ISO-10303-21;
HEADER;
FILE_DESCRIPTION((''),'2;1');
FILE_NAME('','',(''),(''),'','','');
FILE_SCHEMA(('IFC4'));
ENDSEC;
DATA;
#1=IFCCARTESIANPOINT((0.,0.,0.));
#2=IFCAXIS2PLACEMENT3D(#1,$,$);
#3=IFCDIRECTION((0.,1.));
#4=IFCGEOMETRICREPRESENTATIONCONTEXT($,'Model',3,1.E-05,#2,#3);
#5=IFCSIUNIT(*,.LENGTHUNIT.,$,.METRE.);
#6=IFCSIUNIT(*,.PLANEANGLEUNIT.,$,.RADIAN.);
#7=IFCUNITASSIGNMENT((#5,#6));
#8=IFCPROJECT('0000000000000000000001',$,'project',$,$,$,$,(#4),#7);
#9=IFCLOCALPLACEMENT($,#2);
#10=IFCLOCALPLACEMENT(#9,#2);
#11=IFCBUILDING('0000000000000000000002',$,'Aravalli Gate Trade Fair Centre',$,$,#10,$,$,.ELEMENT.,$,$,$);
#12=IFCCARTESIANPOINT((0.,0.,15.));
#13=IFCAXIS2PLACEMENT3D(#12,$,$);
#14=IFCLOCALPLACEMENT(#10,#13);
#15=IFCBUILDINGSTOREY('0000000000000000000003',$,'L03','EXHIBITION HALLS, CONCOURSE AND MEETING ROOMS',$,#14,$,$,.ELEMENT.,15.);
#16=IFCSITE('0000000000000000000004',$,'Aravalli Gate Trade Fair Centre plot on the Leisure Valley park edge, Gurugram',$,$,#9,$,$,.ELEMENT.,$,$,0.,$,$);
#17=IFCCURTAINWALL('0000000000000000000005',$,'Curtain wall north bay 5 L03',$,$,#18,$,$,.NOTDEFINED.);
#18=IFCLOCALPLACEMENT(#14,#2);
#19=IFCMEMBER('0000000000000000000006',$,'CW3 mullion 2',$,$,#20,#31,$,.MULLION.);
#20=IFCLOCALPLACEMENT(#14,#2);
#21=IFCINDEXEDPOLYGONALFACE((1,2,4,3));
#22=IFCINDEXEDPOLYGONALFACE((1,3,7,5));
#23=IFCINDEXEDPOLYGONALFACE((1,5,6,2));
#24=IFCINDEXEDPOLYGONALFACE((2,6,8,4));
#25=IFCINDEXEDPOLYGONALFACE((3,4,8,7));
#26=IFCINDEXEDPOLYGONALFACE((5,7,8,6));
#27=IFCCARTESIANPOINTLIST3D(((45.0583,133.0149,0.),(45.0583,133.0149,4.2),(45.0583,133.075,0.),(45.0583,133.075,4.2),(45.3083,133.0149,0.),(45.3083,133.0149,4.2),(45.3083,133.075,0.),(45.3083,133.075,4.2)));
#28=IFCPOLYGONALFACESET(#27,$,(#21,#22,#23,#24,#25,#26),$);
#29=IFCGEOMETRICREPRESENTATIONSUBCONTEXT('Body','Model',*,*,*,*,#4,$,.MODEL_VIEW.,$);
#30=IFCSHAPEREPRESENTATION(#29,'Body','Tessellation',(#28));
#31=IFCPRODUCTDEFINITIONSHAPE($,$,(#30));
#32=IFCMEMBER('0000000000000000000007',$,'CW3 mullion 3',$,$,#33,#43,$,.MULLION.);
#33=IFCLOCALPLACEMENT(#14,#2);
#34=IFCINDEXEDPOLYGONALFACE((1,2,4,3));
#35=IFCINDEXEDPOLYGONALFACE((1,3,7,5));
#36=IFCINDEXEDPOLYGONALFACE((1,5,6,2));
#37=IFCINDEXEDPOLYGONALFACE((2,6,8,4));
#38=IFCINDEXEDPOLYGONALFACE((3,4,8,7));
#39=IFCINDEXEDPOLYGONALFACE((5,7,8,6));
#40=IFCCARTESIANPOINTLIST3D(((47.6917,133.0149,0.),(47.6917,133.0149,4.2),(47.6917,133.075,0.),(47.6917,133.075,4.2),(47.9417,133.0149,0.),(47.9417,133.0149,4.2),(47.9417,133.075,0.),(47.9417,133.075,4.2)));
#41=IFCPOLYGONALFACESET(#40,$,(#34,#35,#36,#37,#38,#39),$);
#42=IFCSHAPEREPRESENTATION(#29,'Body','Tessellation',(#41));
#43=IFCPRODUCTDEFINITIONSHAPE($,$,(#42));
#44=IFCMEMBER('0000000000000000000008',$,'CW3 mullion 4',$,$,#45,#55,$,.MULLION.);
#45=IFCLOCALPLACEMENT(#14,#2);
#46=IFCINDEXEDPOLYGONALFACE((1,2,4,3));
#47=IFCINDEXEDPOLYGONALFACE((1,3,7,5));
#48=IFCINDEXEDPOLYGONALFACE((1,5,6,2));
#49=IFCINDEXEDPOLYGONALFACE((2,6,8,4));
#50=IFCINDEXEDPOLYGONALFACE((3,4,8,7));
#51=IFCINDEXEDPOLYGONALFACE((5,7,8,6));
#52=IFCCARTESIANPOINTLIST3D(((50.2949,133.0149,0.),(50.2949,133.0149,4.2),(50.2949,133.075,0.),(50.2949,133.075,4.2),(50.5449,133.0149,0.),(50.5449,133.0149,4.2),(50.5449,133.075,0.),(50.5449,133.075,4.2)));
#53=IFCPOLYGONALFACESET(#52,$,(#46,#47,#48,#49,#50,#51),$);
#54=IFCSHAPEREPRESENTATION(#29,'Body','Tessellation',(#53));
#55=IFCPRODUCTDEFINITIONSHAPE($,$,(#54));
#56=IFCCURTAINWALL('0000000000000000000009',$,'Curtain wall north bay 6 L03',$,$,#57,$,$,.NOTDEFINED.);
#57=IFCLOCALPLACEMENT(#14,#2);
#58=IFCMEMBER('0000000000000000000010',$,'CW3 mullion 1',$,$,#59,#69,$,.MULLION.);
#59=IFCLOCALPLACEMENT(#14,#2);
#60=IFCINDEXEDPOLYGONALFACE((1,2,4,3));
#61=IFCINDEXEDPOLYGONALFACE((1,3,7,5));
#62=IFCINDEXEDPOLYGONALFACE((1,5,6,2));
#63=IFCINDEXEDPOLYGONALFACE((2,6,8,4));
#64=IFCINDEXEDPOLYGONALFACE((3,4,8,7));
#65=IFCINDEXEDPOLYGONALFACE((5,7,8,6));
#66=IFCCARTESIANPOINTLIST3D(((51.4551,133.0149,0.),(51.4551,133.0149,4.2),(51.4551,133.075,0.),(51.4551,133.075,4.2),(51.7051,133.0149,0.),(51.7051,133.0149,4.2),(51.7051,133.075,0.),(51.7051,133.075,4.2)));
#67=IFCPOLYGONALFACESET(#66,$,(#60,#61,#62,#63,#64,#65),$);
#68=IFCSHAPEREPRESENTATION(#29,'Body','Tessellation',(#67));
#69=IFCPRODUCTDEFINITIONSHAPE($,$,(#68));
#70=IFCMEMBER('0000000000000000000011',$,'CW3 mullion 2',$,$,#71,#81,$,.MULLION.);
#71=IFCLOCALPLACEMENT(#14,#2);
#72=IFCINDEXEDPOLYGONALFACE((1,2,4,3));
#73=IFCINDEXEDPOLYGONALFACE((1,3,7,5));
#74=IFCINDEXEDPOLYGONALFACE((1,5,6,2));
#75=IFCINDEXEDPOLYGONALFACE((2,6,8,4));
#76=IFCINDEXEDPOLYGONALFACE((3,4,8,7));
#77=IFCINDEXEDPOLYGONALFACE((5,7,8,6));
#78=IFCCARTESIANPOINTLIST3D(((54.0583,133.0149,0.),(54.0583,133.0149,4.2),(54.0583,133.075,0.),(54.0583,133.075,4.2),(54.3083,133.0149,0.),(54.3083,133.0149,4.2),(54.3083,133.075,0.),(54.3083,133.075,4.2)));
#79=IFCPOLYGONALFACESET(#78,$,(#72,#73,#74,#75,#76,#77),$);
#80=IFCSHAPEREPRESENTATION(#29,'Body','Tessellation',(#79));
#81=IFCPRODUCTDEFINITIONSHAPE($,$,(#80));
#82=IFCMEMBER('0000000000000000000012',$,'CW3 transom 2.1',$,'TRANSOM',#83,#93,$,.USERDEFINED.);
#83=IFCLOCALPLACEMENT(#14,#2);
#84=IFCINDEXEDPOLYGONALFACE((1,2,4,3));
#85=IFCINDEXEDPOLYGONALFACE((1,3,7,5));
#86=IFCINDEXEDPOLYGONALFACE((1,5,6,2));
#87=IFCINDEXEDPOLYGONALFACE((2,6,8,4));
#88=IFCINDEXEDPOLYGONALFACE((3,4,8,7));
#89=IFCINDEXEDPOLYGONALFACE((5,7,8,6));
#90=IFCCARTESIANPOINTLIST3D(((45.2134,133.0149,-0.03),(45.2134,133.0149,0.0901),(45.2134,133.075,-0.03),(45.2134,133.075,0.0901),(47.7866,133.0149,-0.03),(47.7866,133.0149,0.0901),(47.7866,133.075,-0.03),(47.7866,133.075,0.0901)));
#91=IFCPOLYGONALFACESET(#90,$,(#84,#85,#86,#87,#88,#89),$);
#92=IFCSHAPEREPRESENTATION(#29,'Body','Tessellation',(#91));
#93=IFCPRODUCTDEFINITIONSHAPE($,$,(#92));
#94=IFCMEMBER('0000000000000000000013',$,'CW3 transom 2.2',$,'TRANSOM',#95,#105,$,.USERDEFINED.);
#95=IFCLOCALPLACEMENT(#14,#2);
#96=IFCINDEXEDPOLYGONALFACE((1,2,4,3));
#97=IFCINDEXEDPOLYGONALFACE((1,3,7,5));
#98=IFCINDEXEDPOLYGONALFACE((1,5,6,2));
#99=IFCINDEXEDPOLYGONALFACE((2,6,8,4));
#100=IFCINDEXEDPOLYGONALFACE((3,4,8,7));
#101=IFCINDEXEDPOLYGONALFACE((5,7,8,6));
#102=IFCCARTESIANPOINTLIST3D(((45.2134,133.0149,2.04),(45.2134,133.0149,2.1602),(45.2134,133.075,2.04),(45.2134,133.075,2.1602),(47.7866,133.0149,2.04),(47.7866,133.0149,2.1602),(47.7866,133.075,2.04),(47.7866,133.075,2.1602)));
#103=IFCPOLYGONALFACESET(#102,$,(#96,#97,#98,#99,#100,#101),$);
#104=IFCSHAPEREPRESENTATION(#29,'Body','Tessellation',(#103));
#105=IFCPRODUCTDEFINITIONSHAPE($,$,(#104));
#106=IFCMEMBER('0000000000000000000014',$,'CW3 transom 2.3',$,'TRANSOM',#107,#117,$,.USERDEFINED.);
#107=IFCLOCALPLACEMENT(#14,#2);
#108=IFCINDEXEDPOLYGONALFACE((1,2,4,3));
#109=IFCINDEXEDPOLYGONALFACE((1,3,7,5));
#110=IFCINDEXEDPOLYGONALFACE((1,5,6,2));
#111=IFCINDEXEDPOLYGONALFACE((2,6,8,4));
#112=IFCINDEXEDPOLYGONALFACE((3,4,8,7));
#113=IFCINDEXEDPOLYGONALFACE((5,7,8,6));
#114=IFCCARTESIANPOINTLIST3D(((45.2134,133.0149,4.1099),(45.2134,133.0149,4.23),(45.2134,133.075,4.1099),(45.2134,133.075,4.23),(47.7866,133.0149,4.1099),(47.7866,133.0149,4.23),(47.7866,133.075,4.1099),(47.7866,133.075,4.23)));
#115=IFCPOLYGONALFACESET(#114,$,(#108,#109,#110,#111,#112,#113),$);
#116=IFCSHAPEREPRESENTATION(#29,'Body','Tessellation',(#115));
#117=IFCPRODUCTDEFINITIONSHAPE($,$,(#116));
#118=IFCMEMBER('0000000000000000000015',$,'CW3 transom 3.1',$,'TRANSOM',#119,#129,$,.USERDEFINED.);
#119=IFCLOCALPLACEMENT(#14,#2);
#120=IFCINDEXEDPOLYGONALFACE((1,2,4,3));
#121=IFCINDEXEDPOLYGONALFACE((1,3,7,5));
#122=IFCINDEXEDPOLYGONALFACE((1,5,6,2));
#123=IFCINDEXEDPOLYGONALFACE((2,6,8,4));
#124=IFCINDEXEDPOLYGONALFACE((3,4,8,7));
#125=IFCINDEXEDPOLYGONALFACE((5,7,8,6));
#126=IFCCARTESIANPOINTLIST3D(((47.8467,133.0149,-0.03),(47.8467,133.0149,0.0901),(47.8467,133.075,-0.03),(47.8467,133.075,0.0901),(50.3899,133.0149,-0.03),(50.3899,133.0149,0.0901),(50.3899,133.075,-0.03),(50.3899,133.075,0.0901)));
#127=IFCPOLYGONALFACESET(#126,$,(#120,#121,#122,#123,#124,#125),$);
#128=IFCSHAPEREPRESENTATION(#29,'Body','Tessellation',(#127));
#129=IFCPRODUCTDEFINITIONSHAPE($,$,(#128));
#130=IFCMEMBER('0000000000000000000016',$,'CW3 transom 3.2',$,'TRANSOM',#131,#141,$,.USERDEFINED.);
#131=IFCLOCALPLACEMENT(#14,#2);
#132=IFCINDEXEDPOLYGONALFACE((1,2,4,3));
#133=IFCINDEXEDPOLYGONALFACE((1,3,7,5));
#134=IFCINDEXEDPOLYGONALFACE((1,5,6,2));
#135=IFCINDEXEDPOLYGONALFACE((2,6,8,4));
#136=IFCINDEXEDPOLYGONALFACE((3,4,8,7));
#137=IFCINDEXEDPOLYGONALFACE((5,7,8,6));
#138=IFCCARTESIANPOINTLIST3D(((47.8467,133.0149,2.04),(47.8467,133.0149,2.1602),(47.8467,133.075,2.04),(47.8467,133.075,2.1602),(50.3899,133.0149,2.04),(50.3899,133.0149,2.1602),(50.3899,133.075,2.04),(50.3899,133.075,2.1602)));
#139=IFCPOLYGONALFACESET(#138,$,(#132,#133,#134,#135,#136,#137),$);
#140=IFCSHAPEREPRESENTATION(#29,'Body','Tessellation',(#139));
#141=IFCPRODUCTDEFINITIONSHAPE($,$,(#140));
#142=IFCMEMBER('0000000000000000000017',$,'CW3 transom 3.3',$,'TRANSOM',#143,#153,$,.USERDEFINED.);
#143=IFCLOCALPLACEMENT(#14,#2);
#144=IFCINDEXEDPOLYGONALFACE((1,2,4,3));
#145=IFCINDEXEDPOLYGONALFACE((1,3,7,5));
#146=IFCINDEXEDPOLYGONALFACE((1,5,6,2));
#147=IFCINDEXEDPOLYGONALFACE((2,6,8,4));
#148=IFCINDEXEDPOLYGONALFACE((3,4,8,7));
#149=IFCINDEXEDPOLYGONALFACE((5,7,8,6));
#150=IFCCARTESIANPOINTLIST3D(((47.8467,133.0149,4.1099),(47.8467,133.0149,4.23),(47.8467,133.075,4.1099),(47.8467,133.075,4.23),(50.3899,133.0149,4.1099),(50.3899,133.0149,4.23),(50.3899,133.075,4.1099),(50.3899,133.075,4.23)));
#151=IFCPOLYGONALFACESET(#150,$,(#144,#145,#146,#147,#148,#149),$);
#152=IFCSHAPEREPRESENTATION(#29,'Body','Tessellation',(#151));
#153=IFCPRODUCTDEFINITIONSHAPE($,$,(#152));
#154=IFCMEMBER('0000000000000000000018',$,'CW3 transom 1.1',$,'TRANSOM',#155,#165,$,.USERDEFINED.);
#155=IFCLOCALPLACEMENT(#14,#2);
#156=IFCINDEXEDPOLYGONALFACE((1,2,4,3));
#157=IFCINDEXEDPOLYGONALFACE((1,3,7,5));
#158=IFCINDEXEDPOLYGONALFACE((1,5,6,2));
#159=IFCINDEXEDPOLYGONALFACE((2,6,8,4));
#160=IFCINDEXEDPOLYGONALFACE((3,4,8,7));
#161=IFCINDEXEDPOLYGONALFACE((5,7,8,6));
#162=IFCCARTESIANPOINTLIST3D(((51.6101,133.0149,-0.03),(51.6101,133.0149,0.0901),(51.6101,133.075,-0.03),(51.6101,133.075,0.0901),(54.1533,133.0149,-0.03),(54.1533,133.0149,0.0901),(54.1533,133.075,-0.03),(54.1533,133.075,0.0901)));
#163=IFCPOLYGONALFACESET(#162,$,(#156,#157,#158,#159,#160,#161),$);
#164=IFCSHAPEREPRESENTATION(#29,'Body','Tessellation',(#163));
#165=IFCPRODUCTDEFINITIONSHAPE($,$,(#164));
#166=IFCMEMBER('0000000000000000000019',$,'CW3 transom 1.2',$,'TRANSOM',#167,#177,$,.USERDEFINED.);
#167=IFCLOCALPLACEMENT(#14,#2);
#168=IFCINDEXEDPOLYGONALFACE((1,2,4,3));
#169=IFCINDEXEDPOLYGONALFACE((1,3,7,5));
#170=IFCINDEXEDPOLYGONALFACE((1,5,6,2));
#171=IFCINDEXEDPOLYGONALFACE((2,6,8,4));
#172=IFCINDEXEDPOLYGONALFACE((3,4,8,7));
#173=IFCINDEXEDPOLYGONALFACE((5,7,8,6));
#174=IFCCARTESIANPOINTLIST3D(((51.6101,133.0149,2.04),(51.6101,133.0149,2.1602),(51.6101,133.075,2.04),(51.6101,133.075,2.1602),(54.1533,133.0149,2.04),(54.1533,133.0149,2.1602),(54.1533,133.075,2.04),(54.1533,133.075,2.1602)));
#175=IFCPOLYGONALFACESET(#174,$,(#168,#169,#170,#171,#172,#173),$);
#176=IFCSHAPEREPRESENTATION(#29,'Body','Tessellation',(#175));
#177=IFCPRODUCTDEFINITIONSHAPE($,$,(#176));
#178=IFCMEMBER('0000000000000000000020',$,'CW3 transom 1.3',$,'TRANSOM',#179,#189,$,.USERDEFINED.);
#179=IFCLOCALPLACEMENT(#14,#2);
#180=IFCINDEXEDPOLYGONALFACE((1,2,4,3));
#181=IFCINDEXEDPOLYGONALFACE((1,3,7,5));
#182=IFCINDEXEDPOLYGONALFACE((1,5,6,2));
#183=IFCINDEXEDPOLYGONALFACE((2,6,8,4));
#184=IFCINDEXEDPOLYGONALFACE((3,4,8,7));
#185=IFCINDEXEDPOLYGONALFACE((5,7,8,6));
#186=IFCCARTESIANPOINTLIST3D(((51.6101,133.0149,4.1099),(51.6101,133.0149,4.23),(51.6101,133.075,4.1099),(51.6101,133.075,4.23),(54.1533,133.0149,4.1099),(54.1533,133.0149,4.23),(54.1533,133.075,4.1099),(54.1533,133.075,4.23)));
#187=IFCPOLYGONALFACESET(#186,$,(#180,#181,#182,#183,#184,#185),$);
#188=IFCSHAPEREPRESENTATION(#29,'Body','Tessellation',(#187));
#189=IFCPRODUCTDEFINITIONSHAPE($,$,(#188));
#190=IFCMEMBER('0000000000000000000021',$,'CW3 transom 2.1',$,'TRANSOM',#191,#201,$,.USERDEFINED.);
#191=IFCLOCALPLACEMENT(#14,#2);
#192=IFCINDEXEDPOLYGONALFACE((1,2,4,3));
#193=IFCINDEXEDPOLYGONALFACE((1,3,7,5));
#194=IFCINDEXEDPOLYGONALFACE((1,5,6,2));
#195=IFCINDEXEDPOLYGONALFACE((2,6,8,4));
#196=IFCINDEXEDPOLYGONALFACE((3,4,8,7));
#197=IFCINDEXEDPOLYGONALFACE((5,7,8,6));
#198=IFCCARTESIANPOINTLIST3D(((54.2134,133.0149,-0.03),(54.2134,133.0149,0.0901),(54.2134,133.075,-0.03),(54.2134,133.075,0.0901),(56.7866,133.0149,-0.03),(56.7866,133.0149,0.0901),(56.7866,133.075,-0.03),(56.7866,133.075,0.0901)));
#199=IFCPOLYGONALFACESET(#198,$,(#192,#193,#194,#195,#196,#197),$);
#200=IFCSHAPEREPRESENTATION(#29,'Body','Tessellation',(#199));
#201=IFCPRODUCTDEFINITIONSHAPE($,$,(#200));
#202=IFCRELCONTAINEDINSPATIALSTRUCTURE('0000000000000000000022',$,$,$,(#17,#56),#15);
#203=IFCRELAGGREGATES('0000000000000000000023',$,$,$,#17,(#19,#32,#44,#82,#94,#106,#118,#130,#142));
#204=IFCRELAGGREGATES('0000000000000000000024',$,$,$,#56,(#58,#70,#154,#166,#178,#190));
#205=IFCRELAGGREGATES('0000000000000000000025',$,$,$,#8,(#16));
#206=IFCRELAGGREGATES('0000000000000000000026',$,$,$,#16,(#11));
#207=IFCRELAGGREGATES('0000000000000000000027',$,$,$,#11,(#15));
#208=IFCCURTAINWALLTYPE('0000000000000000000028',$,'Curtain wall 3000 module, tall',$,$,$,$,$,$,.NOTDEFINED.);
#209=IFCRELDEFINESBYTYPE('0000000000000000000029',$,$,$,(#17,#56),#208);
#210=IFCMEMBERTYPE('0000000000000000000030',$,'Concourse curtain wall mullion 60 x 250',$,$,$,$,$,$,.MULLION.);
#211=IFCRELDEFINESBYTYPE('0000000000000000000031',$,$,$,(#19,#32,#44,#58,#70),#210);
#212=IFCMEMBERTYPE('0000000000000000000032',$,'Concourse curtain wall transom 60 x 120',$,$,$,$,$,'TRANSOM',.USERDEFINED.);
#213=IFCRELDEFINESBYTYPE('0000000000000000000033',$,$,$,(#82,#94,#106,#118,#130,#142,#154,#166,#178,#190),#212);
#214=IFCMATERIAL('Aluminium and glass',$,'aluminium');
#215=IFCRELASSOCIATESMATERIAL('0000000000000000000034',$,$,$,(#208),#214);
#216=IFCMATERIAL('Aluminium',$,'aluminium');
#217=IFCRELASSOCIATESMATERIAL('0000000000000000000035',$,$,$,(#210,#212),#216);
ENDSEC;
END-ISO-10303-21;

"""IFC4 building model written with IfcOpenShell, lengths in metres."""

from ifc_helpers import new_model, si_unit, direction, frame, origin, origin_2d, place, context, subcontext, project, spatial, rectangle, extrude, material, material_profile, profile_set, type_object, element, aggregate, save


model = new_model("IFC4")

# Units and contexts
model_context = context("Model", 3, precision=1e-05, world=origin(), true_north=direction((0.0, 1.0)))
body_context = subcontext(model_context, "Body", "Model", "MODEL_VIEW")
ifc_project = project(units=[si_unit("LENGTHUNIT", "METRE"), si_unit("PLANEANGLEUNIT", "RADIAN")], contexts=[model_context])

# Site, building, storey
site_placement = place(None, origin())
site = spatial("IfcSite", under=ifc_project, at=site_placement, Name="Aravalli Gate Trade Fair Centre plot on the Leisure Valley park edge, Gurugram", CompositionType="ELEMENT", RefElevation=0.0)
building_placement = place(site_placement, origin())
building = spatial("IfcBuilding", under=site, at=building_placement, Name="Aravalli Gate Trade Fair Centre", CompositionType="ELEMENT")
storey_placement = place(building_placement, frame((0.0, 0.0, 15.0)))
storey = spatial("IfcBuildingStorey", under=building, at=storey_placement, Name="L03", Description="EXHIBITION HALLS, CONCOURSE AND MEETING ROOMS", CompositionType="ELEMENT", Elevation=15.0)

# Curtain walls, members
ifc_material_1 = material(Name="Aluminium and glass", Category="aluminium")
curtain_wall_type = type_object("IfcCurtainWallType", Name="Curtain wall 3000 module, tall", PredefinedType="NOTDEFINED", material=ifc_material_1)
curtain_wall_1_placement = place(storey_placement, origin())
curtain_wall_1 = element("IfcCurtainWall", 1, at=curtain_wall_1_placement, inside=storey, type_object=curtain_wall_type, Name="Curtain wall north bay 5 L03", PredefinedType="NOTDEFINED")
ifc_material_2 = material(Name="Aluminium", Category="aluminium")
ifc_material_profile_1 = material_profile(ifc_material_2, rectangle(XDim=0.0601, YDim=0.25, at=origin_2d()), Name="Concourse curtain wall mullion 60 x 250")
ifc_profile_set_1 = profile_set([ifc_material_profile_1], Name="Aluminium")
member_type_1 = type_object("IfcMemberType", Name="Concourse curtain wall mullion 60 x 250", PredefinedType="MULLION", material=ifc_profile_set_1)
member_1_placement = place(storey_placement, frame((45.1833, 133.0449, 0.0), z_axis=(0.0, 0.0, 1.0), x_axis=(0.0, 1.0, 0.0)))
member_1 = element("IfcMember", 2, at=member_1_placement, type_object=member_type_1, Name="CW3 mullion 2", PredefinedType="MULLION", context=body_context, shape_type="SweptSolid", body=[
    extrude(rectangle(XDim=0.0601, YDim=0.25, at=origin_2d()), origin(), (0.0, 0.0, 1.0), 4.2),
])
member_2_placement = place(storey_placement, frame((47.8167, 133.0449, 0.0), z_axis=(0.0, 0.0, 1.0), x_axis=(0.0, 1.0, 0.0)))
member_2 = element("IfcMember", 3, at=member_2_placement, type_object=member_type_1, Name="CW3 mullion 3", PredefinedType="MULLION", context=body_context, shape_type="SweptSolid", body=[
    extrude(rectangle(XDim=0.0601, YDim=0.25, at=origin_2d()), origin(), (0.0, 0.0, 1.0), 4.2),
])
member_3_placement = place(storey_placement, frame((50.4199, 133.0449, 0.0), z_axis=(0.0, 0.0, 1.0), x_axis=(0.0, 1.0, 0.0)))
member_3 = element("IfcMember", 4, at=member_3_placement, type_object=member_type_1, Name="CW3 mullion 4", PredefinedType="MULLION", context=body_context, shape_type="SweptSolid", body=[
    extrude(rectangle(XDim=0.0601, YDim=0.25, at=origin_2d()), origin(), (0.0, 0.0, 1.0), 4.2),
])
curtain_wall_2_placement = place(storey_placement, origin())
curtain_wall_2 = element("IfcCurtainWall", 5, at=curtain_wall_2_placement, inside=storey, type_object=curtain_wall_type, Name="Curtain wall north bay 6 L03", PredefinedType="NOTDEFINED")
member_4_placement = place(storey_placement, frame((51.5801, 133.0449, 0.0), z_axis=(0.0, 0.0, 1.0), x_axis=(0.0, 1.0, 0.0)))
member_4 = element("IfcMember", 6, at=member_4_placement, type_object=member_type_1, Name="CW3 mullion 1", PredefinedType="MULLION", context=body_context, shape_type="SweptSolid", body=[
    extrude(rectangle(XDim=0.0601, YDim=0.25, at=origin_2d()), origin(), (0.0, 0.0, 1.0), 4.2),
])
member_5_placement = place(storey_placement, frame((54.1833, 133.0449, 0.0), z_axis=(0.0, 0.0, 1.0), x_axis=(0.0, 1.0, 0.0)))
member_5 = element("IfcMember", 7, at=member_5_placement, type_object=member_type_1, Name="CW3 mullion 2", PredefinedType="MULLION", context=body_context, shape_type="SweptSolid", body=[
    extrude(rectangle(XDim=0.0601, YDim=0.25, at=origin_2d()), origin(), (0.0, 0.0, 1.0), 4.2),
])

# Members
ifc_material_profile_2 = material_profile(ifc_material_2, rectangle(XDim=0.0601, YDim=0.1201, at=origin_2d()), Name="Concourse curtain wall transom 60 x 120")
ifc_profile_set_2 = profile_set([ifc_material_profile_2], Name="Aluminium")
member_type_2 = type_object("IfcMemberType", Name="Concourse curtain wall transom 60 x 120", ElementType="TRANSOM", PredefinedType="USERDEFINED", material=ifc_profile_set_2)
member_6_placement = place(storey_placement, frame((45.2134, 133.0449, 0.03), z_axis=(1.0, 0.0, 0.0), x_axis=(0.0, 1.0, 0.0)))
member_6 = element("IfcMember", 8, at=member_6_placement, type_object=member_type_2, Name="CW3 transom 2.1", ObjectType="TRANSOM", PredefinedType="USERDEFINED", context=body_context, shape_type="SweptSolid", body=[
    extrude(rectangle(XDim=0.0601, YDim=0.1201, at=origin_2d()), origin(), (0.0, 0.0, 1.0), 2.5732),
])
member_7_placement = place(storey_placement, frame((45.2134, 133.0449, 2.1001), z_axis=(1.0, 0.0, 0.0), x_axis=(0.0, 1.0, 0.0)))
member_7 = element("IfcMember", 9, at=member_7_placement, type_object=member_type_2, Name="CW3 transom 2.2", ObjectType="TRANSOM", PredefinedType="USERDEFINED", context=body_context, shape_type="SweptSolid", body=[
    extrude(rectangle(XDim=0.0601, YDim=0.1201, at=origin_2d()), origin(), (0.0, 0.0, 1.0), 2.5732),
])
member_8_placement = place(storey_placement, frame((45.2134, 133.0449, 4.1699), z_axis=(1.0, 0.0, 0.0), x_axis=(0.0, 1.0, 0.0)))
member_8 = element("IfcMember", 10, at=member_8_placement, type_object=member_type_2, Name="CW3 transom 2.3", ObjectType="TRANSOM", PredefinedType="USERDEFINED", context=body_context, shape_type="SweptSolid", body=[
    extrude(rectangle(XDim=0.0601, YDim=0.1201, at=origin_2d()), origin(), (0.0, 0.0, 1.0), 2.5732),
])
member_9_placement = place(storey_placement, frame((47.8467, 133.0449, 0.03), z_axis=(1.0, 0.0, 0.0), x_axis=(0.0, 1.0, 0.0)))
member_9 = element("IfcMember", 11, at=member_9_placement, type_object=member_type_2, Name="CW3 transom 3.1", ObjectType="TRANSOM", PredefinedType="USERDEFINED", context=body_context, shape_type="SweptSolid", body=[
    extrude(rectangle(XDim=0.0601, YDim=0.1201, at=origin_2d()), origin(), (0.0, 0.0, 1.0), 2.5432),
])
member_10_placement = place(storey_placement, frame((47.8467, 133.0449, 2.1001), z_axis=(1.0, 0.0, 0.0), x_axis=(0.0, 1.0, 0.0)))
member_10 = element("IfcMember", 12, at=member_10_placement, type_object=member_type_2, Name="CW3 transom 3.2", ObjectType="TRANSOM", PredefinedType="USERDEFINED", context=body_context, shape_type="SweptSolid", body=[
    extrude(rectangle(XDim=0.0601, YDim=0.1201, at=origin_2d()), origin(), (0.0, 0.0, 1.0), 2.5432),
])
member_11_placement = place(storey_placement, frame((47.8467, 133.0449, 4.1699), z_axis=(1.0, 0.0, 0.0), x_axis=(0.0, 1.0, 0.0)))
member_11 = element("IfcMember", 13, at=member_11_placement, type_object=member_type_2, Name="CW3 transom 3.3", ObjectType="TRANSOM", PredefinedType="USERDEFINED", context=body_context, shape_type="SweptSolid", body=[
    extrude(rectangle(XDim=0.0601, YDim=0.1201, at=origin_2d()), origin(), (0.0, 0.0, 1.0), 2.5432),
])
member_12_placement = place(storey_placement, frame((51.6101, 133.0449, 0.03), z_axis=(1.0, 0.0, 0.0), x_axis=(0.0, 1.0, 0.0)))
member_12 = element("IfcMember", 14, at=member_12_placement, type_object=member_type_2, Name="CW3 transom 1.1", ObjectType="TRANSOM", PredefinedType="USERDEFINED", context=body_context, shape_type="SweptSolid", body=[
    extrude(rectangle(XDim=0.0601, YDim=0.1201, at=origin_2d()), origin(), (0.0, 0.0, 1.0), 2.5432),
])
member_13_placement = place(storey_placement, frame((51.6101, 133.0449, 2.1001), z_axis=(1.0, 0.0, 0.0), x_axis=(0.0, 1.0, 0.0)))
member_13 = element("IfcMember", 15, at=member_13_placement, type_object=member_type_2, Name="CW3 transom 1.2", ObjectType="TRANSOM", PredefinedType="USERDEFINED", context=body_context, shape_type="SweptSolid", body=[
    extrude(rectangle(XDim=0.0601, YDim=0.1201, at=origin_2d()), origin(), (0.0, 0.0, 1.0), 2.5432),
])
member_14_placement = place(storey_placement, frame((51.6101, 133.0449, 4.1699), z_axis=(1.0, 0.0, 0.0), x_axis=(0.0, 1.0, 0.0)))
member_14 = element("IfcMember", 16, at=member_14_placement, type_object=member_type_2, Name="CW3 transom 1.3", ObjectType="TRANSOM", PredefinedType="USERDEFINED", context=body_context, shape_type="SweptSolid", body=[
    extrude(rectangle(XDim=0.0601, YDim=0.1201, at=origin_2d()), origin(), (0.0, 0.0, 1.0), 2.5432),
])
member_15_placement = place(storey_placement, frame((54.2134, 133.0449, 0.03), z_axis=(1.0, 0.0, 0.0), x_axis=(0.0, 1.0, 0.0)))
member_15 = element("IfcMember", 17, at=member_15_placement, type_object=member_type_2, Name="CW3 transom 2.1", ObjectType="TRANSOM", PredefinedType="USERDEFINED", context=body_context, shape_type="SweptSolid", body=[
    extrude(rectangle(XDim=0.0601, YDim=0.1201, at=origin_2d()), origin(), (0.0, 0.0, 1.0), 2.5732),
])

aggregate(curtain_wall_1, [member_1, member_2, member_3, member_6, member_7, member_8, member_9, member_10, member_11])
aggregate(curtain_wall_2, [member_4, member_5, member_12, member_13, member_14, member_15])

save(model, "model.ifc")
